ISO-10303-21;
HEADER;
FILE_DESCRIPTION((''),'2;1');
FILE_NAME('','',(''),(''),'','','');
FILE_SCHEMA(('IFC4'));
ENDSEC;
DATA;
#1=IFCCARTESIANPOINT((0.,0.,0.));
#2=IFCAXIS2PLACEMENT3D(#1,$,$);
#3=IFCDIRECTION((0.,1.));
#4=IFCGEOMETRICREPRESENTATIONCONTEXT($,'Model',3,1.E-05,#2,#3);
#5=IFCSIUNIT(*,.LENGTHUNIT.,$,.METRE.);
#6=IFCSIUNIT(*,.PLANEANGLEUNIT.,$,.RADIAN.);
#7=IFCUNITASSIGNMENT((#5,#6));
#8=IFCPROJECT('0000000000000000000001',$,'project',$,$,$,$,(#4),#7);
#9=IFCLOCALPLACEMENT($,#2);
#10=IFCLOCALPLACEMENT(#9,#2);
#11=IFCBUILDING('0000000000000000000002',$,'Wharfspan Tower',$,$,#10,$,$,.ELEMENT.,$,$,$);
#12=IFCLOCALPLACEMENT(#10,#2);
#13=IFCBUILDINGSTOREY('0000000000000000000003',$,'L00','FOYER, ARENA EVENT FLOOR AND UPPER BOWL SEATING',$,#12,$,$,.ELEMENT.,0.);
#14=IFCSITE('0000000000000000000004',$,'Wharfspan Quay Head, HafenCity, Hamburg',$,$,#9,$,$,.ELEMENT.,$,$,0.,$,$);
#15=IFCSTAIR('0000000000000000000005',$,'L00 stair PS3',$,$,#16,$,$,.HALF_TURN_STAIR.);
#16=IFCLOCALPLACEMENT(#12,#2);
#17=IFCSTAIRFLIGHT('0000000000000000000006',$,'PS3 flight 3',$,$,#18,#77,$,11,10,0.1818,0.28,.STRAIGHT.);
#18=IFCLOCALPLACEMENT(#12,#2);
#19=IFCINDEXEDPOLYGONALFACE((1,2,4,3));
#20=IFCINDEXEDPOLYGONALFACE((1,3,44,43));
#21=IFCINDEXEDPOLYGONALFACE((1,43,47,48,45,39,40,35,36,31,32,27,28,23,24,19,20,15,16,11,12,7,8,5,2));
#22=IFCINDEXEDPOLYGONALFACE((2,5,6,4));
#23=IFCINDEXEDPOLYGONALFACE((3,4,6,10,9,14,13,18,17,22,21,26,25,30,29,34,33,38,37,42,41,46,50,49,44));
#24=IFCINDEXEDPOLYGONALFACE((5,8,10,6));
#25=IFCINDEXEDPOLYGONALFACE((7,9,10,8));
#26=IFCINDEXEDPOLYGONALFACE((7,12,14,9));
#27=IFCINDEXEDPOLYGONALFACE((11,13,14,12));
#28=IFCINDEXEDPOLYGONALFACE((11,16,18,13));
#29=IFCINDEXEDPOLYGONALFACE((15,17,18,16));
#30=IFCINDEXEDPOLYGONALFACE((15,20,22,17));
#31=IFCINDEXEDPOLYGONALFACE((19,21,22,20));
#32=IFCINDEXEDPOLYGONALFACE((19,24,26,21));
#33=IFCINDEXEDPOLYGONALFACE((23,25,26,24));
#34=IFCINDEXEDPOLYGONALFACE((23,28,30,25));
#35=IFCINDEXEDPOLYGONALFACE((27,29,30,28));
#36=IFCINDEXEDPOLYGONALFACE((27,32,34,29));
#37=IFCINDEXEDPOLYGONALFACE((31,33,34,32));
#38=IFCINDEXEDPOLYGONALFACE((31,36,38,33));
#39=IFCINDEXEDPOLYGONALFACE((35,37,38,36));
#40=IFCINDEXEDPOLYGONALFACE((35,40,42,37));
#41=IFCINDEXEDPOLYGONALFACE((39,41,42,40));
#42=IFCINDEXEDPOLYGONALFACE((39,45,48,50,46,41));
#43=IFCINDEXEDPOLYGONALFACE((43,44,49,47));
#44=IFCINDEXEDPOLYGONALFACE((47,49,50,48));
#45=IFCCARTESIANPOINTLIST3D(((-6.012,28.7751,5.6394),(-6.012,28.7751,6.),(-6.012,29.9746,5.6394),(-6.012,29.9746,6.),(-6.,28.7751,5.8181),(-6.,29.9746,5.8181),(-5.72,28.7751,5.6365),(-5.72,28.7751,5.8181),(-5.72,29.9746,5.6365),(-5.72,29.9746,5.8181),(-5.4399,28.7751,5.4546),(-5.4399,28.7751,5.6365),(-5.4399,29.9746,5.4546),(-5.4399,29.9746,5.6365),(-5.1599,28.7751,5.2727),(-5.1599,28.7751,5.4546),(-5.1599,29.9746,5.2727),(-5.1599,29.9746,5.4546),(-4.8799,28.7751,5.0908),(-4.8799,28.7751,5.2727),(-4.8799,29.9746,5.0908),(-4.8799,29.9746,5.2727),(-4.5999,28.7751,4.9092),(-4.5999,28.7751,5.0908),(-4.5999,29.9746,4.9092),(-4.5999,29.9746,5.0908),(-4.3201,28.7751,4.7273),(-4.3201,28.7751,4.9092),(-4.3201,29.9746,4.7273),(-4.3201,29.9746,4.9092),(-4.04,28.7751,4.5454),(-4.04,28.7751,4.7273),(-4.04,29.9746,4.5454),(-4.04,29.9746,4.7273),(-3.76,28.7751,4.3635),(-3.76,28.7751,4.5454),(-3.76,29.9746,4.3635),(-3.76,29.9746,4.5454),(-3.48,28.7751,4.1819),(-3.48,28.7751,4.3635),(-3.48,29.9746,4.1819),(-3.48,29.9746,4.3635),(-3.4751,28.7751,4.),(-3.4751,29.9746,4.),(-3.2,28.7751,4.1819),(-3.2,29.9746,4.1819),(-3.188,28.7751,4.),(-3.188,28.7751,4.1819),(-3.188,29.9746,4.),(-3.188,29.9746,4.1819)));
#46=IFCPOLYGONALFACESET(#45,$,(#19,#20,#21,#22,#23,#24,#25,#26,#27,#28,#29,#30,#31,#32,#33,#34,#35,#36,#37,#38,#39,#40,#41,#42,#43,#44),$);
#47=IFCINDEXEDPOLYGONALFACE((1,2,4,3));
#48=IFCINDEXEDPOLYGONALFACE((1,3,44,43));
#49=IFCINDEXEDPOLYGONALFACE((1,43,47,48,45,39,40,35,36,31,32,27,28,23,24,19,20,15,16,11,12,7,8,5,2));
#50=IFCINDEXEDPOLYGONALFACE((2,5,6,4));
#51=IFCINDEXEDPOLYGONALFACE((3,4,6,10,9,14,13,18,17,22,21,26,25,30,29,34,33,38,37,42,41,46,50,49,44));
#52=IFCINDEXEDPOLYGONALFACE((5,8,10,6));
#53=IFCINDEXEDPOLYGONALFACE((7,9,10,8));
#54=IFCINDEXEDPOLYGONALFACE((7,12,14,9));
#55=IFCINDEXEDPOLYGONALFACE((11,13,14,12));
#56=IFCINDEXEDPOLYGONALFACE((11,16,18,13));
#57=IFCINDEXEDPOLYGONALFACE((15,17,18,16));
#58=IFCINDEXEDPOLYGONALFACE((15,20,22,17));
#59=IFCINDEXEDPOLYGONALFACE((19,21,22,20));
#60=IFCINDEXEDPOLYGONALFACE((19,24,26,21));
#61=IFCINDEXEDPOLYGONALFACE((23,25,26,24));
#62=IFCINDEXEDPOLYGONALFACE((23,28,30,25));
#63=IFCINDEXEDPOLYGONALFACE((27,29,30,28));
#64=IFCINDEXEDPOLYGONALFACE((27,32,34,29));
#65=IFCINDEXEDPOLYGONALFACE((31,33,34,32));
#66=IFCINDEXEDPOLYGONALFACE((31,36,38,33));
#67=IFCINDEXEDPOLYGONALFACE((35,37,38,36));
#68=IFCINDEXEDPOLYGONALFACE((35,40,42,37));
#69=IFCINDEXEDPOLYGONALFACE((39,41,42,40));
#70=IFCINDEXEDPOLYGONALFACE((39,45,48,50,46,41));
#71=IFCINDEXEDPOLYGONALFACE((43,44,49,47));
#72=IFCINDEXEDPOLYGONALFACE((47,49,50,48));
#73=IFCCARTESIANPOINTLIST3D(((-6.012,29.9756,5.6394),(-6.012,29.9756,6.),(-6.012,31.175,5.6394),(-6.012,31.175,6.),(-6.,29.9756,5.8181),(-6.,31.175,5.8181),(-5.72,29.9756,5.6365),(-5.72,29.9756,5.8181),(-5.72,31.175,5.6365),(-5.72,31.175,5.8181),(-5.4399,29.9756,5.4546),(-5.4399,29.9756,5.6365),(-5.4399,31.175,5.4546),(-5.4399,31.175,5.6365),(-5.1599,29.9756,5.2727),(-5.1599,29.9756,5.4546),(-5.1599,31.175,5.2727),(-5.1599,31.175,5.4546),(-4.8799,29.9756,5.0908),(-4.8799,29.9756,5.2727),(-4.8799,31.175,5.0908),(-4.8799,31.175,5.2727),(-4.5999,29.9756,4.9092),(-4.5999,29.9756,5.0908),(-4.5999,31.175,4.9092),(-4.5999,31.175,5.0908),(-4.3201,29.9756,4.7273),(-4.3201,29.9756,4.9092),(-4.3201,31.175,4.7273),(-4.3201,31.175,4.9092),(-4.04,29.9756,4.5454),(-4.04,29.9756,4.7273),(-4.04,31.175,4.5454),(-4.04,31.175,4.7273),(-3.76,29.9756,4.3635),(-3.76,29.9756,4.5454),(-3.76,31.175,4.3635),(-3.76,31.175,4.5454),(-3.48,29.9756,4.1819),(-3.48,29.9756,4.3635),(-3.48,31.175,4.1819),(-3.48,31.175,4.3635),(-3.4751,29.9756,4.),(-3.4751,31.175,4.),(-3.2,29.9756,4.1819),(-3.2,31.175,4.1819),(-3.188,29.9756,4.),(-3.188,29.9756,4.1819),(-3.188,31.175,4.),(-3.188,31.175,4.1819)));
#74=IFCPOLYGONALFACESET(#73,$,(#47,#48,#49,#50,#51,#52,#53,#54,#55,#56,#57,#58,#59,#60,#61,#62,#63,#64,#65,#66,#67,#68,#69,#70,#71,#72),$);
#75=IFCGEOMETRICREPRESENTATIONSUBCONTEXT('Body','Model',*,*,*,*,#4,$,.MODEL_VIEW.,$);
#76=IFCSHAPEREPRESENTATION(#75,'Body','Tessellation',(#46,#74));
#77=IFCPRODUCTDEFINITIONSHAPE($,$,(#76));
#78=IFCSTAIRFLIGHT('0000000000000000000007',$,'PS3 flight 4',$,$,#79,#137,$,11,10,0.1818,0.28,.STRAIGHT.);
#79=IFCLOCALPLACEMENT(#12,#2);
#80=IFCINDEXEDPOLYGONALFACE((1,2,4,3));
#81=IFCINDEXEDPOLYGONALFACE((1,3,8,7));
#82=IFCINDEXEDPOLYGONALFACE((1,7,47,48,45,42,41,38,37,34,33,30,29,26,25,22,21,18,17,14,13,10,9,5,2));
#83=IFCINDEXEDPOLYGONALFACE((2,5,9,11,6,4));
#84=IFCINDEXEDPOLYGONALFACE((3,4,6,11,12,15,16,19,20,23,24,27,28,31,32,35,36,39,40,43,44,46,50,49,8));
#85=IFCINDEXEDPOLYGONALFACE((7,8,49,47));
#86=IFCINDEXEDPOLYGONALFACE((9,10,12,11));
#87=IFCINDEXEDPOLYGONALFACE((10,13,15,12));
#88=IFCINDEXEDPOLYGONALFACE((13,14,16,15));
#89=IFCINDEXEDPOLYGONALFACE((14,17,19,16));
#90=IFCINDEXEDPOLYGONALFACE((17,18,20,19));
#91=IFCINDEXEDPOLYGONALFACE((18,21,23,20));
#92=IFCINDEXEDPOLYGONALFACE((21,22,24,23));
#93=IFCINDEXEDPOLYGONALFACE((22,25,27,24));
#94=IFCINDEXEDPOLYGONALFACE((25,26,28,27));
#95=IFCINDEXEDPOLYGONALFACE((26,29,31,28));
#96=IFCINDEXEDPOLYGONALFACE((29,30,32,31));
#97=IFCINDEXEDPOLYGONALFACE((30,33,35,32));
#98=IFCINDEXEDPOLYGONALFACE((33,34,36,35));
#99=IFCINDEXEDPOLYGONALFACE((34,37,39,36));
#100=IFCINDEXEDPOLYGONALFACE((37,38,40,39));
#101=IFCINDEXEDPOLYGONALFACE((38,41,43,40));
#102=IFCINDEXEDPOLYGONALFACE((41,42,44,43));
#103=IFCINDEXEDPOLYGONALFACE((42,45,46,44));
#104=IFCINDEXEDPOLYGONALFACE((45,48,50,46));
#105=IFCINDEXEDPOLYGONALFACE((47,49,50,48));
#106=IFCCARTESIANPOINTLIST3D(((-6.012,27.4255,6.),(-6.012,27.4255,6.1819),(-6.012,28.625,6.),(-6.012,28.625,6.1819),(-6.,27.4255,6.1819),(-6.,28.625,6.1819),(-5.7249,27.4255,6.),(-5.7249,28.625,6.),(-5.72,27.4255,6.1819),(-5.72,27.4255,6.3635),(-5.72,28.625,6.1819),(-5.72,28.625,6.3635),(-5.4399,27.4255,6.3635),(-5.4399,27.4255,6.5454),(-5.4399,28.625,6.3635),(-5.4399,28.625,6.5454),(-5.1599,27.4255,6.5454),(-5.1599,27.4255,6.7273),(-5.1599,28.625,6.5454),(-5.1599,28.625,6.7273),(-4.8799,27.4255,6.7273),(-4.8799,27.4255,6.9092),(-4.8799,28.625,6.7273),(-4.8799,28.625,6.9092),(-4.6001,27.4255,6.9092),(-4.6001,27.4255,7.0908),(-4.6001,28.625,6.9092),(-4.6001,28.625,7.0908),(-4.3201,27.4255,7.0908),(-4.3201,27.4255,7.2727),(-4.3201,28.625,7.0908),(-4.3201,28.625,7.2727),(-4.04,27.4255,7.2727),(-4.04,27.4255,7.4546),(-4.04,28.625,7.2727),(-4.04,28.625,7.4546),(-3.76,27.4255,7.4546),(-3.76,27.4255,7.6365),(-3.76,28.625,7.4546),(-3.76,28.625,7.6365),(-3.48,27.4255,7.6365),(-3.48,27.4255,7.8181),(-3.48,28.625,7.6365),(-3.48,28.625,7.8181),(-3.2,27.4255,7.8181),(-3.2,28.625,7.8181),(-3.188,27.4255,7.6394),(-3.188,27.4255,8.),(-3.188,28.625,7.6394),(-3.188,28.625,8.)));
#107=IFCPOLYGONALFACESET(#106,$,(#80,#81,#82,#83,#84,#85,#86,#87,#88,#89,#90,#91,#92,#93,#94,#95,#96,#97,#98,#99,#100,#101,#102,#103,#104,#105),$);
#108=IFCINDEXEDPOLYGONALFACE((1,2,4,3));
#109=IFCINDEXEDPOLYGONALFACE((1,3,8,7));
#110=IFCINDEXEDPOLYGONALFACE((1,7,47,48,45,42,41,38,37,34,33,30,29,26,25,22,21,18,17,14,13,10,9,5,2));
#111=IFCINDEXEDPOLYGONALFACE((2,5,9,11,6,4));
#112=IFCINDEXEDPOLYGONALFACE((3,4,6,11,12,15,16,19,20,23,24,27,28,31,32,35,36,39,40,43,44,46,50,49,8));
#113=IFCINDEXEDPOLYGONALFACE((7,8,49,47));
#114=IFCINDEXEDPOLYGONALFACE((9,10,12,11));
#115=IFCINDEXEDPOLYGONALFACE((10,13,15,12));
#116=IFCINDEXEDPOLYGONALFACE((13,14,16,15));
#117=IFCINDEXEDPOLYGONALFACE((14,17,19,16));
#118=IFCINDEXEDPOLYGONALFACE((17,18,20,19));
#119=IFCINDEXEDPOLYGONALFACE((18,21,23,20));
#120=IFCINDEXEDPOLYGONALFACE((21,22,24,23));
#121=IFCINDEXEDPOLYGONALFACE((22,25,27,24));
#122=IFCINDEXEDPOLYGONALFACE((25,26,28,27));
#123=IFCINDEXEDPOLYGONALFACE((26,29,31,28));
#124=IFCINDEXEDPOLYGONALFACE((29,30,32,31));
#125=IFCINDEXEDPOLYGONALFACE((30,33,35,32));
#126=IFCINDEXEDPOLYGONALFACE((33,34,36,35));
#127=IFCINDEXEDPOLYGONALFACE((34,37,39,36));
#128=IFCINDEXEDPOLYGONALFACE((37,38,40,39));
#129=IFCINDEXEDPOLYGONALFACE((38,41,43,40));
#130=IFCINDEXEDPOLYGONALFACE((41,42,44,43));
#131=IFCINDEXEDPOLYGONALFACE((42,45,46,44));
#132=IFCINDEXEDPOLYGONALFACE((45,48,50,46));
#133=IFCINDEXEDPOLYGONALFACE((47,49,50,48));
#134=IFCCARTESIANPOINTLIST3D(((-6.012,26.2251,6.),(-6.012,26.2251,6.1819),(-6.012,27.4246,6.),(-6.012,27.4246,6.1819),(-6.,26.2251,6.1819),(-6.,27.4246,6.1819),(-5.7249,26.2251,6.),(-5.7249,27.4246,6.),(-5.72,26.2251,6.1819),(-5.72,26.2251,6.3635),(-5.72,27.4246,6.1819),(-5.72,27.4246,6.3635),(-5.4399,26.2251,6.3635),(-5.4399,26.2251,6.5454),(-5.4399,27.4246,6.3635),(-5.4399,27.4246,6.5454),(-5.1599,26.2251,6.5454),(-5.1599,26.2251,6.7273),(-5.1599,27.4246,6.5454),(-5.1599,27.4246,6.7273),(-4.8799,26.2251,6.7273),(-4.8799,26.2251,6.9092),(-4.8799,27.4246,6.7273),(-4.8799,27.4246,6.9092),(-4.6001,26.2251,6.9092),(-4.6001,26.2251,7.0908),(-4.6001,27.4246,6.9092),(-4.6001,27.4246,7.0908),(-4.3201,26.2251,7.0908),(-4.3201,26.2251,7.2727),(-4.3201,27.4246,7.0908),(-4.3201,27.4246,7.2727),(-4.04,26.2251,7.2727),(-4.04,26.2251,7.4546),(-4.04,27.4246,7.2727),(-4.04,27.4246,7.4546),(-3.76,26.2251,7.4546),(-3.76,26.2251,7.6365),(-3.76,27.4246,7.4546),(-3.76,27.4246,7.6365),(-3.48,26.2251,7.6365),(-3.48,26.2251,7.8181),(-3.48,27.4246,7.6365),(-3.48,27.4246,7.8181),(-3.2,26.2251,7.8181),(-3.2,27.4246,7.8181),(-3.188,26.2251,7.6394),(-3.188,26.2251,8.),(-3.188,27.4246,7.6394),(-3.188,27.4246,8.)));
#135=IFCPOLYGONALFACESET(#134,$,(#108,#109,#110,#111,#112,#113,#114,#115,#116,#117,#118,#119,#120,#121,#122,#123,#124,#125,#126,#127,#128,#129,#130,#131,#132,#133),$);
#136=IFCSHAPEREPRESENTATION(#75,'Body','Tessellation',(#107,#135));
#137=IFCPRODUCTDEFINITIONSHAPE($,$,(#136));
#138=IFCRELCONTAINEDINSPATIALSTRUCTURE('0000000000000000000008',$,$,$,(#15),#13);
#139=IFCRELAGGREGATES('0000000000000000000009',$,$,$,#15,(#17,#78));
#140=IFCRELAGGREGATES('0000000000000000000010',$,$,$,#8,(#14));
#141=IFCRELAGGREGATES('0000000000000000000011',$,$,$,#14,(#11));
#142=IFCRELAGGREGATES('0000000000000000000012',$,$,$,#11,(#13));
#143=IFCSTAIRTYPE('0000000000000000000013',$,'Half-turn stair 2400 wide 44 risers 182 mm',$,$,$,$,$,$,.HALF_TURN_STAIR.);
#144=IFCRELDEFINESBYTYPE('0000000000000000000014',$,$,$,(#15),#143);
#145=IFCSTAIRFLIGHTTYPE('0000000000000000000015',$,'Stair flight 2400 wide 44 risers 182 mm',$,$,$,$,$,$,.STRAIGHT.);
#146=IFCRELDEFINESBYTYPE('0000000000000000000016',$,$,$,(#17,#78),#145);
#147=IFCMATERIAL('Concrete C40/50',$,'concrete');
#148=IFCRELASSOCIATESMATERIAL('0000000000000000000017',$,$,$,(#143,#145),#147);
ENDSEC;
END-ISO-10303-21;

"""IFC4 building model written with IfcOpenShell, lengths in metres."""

from ifc_helpers import new_model, si_unit, direction, frame, origin, place, context, subcontext, project, spatial, polyline, outline, extrude, material, type_object, element, aggregate, save


model = new_model("IFC4")

# Units and contexts
model_context = context("Model", 3, precision=1e-05, world=origin(), true_north=direction((0.0, 1.0)))
body_context = subcontext(model_context, "Body", "Model", "MODEL_VIEW")
ifc_project = project(units=[si_unit("LENGTHUNIT", "METRE"), si_unit("PLANEANGLEUNIT", "RADIAN")], contexts=[model_context])

# Site, building, storey
site_placement = place(None, origin())
site = spatial("IfcSite", under=ifc_project, at=site_placement, Name="Wharfspan Quay Head, HafenCity, Hamburg", CompositionType="ELEMENT", RefElevation=0.0)
building_placement = place(site_placement, origin())
building = spatial("IfcBuilding", under=site, at=building_placement, Name="Wharfspan Tower", CompositionType="ELEMENT")
storey_placement = place(building_placement, origin())
storey = spatial("IfcBuildingStorey", under=building, at=storey_placement, Name="L00", Description="FOYER, ARENA EVENT FLOOR AND UPPER BOWL SEATING", CompositionType="ELEMENT", Elevation=0.0)

# Shared definitions
ifc_material_1 = material(Name="Concrete C40/50", Category="concrete")

# Shared definitions
stair_type = type_object("IfcStairType", Name="Half-turn stair 2400 wide 44 risers 182 mm", PredefinedType="HALF_TURN_STAIR", material=ifc_material_1)
stair_flight_type = type_object("IfcStairFlightType", Name="Stair flight 2400 wide 44 risers 182 mm", PredefinedType="STRAIGHT", material=ifc_material_1)

# Stair, stair flights
stair_1_placement = place(storey_placement, origin())
stair_1 = element("IfcStair", 1, at=stair_1_placement, inside=storey, type_object=stair_type, Name="L00 stair PS3", PredefinedType="HALF_TURN_STAIR")
stair_flight_1_placement = place(storey_placement, frame((-3.2, 29.9751, 4.0), z_axis=(0.0, 0.0, 1.0), x_axis=(-1.0, 0.0, 0.0)))
stair_flight_1 = element("IfcStairFlight", 2, at=stair_flight_1_placement, type_object=stair_flight_type, Name="PS3 flight 3", NumberOfRisers=11, NumberOfTreads=10, PredefinedType="STRAIGHT", RiserHeight=0.1818, TreadLength=0.28, context=body_context, shape_type="SweptSolid", body=[
    extrude(outline(polyline([(-0.012, 0.0), (-0.012, 0.1819), (0.0, 0.1819), (0.28, 0.1819), (0.28, 0.3635), (0.5601, 0.3635), (0.5601, 0.5454), (0.8401, 0.5454), (0.8401, 0.7273), (1.1201, 0.7273), (1.1201, 0.9092), (1.3999, 0.9092), (1.3999, 1.0908), (1.6799, 1.0908), (1.6799, 1.2727), (1.96, 1.2727), (1.96, 1.4546), (2.24, 1.4546), (2.24, 1.6365), (2.52, 1.6365), (2.52, 1.8181), (2.8, 1.8181), (2.812, 2.0), (2.812, 1.6394), (0.2751, 0.0), (-0.012, 0.0)])), frame((0.0, 1.2, 0.0), z_axis=(0.0, -1.0, 0.0), x_axis=(1.0, 0.0, 0.0)), (0.0, 0.0, 1.0), 1.1995),
    extrude(outline(polyline([(-0.012, 0.0), (-0.012, 0.1819), (0.0, 0.1819), (0.28, 0.1819), (0.28, 0.3635), (0.5601, 0.3635), (0.5601, 0.5454), (0.8401, 0.5454), (0.8401, 0.7273), (1.1201, 0.7273), (1.1201, 0.9092), (1.3999, 0.9092), (1.3999, 1.0908), (1.6799, 1.0908), (1.6799, 1.2727), (1.96, 1.2727), (1.96, 1.4546), (2.24, 1.4546), (2.24, 1.6365), (2.52, 1.6365), (2.52, 1.8181), (2.8, 1.8181), (2.812, 2.0), (2.812, 1.6394), (0.2751, 0.0), (-0.012, 0.0)])), frame((0.0, -0.0005, 0.0), z_axis=(0.0, -1.0, 0.0), x_axis=(1.0, 0.0, 0.0)), (0.0, 0.0, 1.0), 1.1995),
])
stair_flight_2_placement = place(storey_placement, frame((-6.0, 27.425, 6.0), z_axis=(0.0, 0.0, 1.0), x_axis=(1.0, 0.0, 0.0)))
stair_flight_2 = element("IfcStairFlight", 3, at=stair_flight_2_placement, type_object=stair_flight_type, Name="PS3 flight 4", NumberOfRisers=11, NumberOfTreads=10, PredefinedType="STRAIGHT", RiserHeight=0.1818, TreadLength=0.28, context=body_context, shape_type="SweptSolid", body=[
    extrude(outline(polyline([(-0.012, 0.0), (-0.012, 0.1819), (0.0, 0.1819), (0.28, 0.1819), (0.28, 0.3635), (0.5601, 0.3635), (0.5601, 0.5454), (0.8401, 0.5454), (0.8401, 0.7273), (1.1201, 0.7273), (1.1201, 0.9092), (1.3999, 0.9092), (1.3999, 1.0908), (1.6799, 1.0908), (1.6799, 1.2727), (1.96, 1.2727), (1.96, 1.4546), (2.24, 1.4546), (2.24, 1.6365), (2.52, 1.6365), (2.52, 1.8181), (2.8, 1.8181), (2.812, 2.0), (2.812, 1.6394), (0.2751, 0.0), (-0.012, 0.0)])), frame((0.0, 1.2, 0.0), z_axis=(0.0, -1.0, 0.0), x_axis=(1.0, 0.0, 0.0)), (0.0, 0.0, 1.0), 1.1995),
    extrude(outline(polyline([(-0.012, 0.0), (-0.012, 0.1819), (0.0, 0.1819), (0.28, 0.1819), (0.28, 0.3635), (0.5601, 0.3635), (0.5601, 0.5454), (0.8401, 0.5454), (0.8401, 0.7273), (1.1201, 0.7273), (1.1201, 0.9092), (1.3999, 0.9092), (1.3999, 1.0908), (1.6799, 1.0908), (1.6799, 1.2727), (1.96, 1.2727), (1.96, 1.4546), (2.24, 1.4546), (2.24, 1.6365), (2.52, 1.6365), (2.52, 1.8181), (2.8, 1.8181), (2.812, 2.0), (2.812, 1.6394), (0.2751, 0.0), (-0.012, 0.0)])), frame((0.0, -0.0005, 0.0), z_axis=(0.0, -1.0, 0.0), x_axis=(1.0, 0.0, 0.0)), (0.0, 0.0, 1.0), 1.1995),
])
aggregate(stair_1, [stair_flight_1, stair_flight_2])

save(model, "model.ifc")
